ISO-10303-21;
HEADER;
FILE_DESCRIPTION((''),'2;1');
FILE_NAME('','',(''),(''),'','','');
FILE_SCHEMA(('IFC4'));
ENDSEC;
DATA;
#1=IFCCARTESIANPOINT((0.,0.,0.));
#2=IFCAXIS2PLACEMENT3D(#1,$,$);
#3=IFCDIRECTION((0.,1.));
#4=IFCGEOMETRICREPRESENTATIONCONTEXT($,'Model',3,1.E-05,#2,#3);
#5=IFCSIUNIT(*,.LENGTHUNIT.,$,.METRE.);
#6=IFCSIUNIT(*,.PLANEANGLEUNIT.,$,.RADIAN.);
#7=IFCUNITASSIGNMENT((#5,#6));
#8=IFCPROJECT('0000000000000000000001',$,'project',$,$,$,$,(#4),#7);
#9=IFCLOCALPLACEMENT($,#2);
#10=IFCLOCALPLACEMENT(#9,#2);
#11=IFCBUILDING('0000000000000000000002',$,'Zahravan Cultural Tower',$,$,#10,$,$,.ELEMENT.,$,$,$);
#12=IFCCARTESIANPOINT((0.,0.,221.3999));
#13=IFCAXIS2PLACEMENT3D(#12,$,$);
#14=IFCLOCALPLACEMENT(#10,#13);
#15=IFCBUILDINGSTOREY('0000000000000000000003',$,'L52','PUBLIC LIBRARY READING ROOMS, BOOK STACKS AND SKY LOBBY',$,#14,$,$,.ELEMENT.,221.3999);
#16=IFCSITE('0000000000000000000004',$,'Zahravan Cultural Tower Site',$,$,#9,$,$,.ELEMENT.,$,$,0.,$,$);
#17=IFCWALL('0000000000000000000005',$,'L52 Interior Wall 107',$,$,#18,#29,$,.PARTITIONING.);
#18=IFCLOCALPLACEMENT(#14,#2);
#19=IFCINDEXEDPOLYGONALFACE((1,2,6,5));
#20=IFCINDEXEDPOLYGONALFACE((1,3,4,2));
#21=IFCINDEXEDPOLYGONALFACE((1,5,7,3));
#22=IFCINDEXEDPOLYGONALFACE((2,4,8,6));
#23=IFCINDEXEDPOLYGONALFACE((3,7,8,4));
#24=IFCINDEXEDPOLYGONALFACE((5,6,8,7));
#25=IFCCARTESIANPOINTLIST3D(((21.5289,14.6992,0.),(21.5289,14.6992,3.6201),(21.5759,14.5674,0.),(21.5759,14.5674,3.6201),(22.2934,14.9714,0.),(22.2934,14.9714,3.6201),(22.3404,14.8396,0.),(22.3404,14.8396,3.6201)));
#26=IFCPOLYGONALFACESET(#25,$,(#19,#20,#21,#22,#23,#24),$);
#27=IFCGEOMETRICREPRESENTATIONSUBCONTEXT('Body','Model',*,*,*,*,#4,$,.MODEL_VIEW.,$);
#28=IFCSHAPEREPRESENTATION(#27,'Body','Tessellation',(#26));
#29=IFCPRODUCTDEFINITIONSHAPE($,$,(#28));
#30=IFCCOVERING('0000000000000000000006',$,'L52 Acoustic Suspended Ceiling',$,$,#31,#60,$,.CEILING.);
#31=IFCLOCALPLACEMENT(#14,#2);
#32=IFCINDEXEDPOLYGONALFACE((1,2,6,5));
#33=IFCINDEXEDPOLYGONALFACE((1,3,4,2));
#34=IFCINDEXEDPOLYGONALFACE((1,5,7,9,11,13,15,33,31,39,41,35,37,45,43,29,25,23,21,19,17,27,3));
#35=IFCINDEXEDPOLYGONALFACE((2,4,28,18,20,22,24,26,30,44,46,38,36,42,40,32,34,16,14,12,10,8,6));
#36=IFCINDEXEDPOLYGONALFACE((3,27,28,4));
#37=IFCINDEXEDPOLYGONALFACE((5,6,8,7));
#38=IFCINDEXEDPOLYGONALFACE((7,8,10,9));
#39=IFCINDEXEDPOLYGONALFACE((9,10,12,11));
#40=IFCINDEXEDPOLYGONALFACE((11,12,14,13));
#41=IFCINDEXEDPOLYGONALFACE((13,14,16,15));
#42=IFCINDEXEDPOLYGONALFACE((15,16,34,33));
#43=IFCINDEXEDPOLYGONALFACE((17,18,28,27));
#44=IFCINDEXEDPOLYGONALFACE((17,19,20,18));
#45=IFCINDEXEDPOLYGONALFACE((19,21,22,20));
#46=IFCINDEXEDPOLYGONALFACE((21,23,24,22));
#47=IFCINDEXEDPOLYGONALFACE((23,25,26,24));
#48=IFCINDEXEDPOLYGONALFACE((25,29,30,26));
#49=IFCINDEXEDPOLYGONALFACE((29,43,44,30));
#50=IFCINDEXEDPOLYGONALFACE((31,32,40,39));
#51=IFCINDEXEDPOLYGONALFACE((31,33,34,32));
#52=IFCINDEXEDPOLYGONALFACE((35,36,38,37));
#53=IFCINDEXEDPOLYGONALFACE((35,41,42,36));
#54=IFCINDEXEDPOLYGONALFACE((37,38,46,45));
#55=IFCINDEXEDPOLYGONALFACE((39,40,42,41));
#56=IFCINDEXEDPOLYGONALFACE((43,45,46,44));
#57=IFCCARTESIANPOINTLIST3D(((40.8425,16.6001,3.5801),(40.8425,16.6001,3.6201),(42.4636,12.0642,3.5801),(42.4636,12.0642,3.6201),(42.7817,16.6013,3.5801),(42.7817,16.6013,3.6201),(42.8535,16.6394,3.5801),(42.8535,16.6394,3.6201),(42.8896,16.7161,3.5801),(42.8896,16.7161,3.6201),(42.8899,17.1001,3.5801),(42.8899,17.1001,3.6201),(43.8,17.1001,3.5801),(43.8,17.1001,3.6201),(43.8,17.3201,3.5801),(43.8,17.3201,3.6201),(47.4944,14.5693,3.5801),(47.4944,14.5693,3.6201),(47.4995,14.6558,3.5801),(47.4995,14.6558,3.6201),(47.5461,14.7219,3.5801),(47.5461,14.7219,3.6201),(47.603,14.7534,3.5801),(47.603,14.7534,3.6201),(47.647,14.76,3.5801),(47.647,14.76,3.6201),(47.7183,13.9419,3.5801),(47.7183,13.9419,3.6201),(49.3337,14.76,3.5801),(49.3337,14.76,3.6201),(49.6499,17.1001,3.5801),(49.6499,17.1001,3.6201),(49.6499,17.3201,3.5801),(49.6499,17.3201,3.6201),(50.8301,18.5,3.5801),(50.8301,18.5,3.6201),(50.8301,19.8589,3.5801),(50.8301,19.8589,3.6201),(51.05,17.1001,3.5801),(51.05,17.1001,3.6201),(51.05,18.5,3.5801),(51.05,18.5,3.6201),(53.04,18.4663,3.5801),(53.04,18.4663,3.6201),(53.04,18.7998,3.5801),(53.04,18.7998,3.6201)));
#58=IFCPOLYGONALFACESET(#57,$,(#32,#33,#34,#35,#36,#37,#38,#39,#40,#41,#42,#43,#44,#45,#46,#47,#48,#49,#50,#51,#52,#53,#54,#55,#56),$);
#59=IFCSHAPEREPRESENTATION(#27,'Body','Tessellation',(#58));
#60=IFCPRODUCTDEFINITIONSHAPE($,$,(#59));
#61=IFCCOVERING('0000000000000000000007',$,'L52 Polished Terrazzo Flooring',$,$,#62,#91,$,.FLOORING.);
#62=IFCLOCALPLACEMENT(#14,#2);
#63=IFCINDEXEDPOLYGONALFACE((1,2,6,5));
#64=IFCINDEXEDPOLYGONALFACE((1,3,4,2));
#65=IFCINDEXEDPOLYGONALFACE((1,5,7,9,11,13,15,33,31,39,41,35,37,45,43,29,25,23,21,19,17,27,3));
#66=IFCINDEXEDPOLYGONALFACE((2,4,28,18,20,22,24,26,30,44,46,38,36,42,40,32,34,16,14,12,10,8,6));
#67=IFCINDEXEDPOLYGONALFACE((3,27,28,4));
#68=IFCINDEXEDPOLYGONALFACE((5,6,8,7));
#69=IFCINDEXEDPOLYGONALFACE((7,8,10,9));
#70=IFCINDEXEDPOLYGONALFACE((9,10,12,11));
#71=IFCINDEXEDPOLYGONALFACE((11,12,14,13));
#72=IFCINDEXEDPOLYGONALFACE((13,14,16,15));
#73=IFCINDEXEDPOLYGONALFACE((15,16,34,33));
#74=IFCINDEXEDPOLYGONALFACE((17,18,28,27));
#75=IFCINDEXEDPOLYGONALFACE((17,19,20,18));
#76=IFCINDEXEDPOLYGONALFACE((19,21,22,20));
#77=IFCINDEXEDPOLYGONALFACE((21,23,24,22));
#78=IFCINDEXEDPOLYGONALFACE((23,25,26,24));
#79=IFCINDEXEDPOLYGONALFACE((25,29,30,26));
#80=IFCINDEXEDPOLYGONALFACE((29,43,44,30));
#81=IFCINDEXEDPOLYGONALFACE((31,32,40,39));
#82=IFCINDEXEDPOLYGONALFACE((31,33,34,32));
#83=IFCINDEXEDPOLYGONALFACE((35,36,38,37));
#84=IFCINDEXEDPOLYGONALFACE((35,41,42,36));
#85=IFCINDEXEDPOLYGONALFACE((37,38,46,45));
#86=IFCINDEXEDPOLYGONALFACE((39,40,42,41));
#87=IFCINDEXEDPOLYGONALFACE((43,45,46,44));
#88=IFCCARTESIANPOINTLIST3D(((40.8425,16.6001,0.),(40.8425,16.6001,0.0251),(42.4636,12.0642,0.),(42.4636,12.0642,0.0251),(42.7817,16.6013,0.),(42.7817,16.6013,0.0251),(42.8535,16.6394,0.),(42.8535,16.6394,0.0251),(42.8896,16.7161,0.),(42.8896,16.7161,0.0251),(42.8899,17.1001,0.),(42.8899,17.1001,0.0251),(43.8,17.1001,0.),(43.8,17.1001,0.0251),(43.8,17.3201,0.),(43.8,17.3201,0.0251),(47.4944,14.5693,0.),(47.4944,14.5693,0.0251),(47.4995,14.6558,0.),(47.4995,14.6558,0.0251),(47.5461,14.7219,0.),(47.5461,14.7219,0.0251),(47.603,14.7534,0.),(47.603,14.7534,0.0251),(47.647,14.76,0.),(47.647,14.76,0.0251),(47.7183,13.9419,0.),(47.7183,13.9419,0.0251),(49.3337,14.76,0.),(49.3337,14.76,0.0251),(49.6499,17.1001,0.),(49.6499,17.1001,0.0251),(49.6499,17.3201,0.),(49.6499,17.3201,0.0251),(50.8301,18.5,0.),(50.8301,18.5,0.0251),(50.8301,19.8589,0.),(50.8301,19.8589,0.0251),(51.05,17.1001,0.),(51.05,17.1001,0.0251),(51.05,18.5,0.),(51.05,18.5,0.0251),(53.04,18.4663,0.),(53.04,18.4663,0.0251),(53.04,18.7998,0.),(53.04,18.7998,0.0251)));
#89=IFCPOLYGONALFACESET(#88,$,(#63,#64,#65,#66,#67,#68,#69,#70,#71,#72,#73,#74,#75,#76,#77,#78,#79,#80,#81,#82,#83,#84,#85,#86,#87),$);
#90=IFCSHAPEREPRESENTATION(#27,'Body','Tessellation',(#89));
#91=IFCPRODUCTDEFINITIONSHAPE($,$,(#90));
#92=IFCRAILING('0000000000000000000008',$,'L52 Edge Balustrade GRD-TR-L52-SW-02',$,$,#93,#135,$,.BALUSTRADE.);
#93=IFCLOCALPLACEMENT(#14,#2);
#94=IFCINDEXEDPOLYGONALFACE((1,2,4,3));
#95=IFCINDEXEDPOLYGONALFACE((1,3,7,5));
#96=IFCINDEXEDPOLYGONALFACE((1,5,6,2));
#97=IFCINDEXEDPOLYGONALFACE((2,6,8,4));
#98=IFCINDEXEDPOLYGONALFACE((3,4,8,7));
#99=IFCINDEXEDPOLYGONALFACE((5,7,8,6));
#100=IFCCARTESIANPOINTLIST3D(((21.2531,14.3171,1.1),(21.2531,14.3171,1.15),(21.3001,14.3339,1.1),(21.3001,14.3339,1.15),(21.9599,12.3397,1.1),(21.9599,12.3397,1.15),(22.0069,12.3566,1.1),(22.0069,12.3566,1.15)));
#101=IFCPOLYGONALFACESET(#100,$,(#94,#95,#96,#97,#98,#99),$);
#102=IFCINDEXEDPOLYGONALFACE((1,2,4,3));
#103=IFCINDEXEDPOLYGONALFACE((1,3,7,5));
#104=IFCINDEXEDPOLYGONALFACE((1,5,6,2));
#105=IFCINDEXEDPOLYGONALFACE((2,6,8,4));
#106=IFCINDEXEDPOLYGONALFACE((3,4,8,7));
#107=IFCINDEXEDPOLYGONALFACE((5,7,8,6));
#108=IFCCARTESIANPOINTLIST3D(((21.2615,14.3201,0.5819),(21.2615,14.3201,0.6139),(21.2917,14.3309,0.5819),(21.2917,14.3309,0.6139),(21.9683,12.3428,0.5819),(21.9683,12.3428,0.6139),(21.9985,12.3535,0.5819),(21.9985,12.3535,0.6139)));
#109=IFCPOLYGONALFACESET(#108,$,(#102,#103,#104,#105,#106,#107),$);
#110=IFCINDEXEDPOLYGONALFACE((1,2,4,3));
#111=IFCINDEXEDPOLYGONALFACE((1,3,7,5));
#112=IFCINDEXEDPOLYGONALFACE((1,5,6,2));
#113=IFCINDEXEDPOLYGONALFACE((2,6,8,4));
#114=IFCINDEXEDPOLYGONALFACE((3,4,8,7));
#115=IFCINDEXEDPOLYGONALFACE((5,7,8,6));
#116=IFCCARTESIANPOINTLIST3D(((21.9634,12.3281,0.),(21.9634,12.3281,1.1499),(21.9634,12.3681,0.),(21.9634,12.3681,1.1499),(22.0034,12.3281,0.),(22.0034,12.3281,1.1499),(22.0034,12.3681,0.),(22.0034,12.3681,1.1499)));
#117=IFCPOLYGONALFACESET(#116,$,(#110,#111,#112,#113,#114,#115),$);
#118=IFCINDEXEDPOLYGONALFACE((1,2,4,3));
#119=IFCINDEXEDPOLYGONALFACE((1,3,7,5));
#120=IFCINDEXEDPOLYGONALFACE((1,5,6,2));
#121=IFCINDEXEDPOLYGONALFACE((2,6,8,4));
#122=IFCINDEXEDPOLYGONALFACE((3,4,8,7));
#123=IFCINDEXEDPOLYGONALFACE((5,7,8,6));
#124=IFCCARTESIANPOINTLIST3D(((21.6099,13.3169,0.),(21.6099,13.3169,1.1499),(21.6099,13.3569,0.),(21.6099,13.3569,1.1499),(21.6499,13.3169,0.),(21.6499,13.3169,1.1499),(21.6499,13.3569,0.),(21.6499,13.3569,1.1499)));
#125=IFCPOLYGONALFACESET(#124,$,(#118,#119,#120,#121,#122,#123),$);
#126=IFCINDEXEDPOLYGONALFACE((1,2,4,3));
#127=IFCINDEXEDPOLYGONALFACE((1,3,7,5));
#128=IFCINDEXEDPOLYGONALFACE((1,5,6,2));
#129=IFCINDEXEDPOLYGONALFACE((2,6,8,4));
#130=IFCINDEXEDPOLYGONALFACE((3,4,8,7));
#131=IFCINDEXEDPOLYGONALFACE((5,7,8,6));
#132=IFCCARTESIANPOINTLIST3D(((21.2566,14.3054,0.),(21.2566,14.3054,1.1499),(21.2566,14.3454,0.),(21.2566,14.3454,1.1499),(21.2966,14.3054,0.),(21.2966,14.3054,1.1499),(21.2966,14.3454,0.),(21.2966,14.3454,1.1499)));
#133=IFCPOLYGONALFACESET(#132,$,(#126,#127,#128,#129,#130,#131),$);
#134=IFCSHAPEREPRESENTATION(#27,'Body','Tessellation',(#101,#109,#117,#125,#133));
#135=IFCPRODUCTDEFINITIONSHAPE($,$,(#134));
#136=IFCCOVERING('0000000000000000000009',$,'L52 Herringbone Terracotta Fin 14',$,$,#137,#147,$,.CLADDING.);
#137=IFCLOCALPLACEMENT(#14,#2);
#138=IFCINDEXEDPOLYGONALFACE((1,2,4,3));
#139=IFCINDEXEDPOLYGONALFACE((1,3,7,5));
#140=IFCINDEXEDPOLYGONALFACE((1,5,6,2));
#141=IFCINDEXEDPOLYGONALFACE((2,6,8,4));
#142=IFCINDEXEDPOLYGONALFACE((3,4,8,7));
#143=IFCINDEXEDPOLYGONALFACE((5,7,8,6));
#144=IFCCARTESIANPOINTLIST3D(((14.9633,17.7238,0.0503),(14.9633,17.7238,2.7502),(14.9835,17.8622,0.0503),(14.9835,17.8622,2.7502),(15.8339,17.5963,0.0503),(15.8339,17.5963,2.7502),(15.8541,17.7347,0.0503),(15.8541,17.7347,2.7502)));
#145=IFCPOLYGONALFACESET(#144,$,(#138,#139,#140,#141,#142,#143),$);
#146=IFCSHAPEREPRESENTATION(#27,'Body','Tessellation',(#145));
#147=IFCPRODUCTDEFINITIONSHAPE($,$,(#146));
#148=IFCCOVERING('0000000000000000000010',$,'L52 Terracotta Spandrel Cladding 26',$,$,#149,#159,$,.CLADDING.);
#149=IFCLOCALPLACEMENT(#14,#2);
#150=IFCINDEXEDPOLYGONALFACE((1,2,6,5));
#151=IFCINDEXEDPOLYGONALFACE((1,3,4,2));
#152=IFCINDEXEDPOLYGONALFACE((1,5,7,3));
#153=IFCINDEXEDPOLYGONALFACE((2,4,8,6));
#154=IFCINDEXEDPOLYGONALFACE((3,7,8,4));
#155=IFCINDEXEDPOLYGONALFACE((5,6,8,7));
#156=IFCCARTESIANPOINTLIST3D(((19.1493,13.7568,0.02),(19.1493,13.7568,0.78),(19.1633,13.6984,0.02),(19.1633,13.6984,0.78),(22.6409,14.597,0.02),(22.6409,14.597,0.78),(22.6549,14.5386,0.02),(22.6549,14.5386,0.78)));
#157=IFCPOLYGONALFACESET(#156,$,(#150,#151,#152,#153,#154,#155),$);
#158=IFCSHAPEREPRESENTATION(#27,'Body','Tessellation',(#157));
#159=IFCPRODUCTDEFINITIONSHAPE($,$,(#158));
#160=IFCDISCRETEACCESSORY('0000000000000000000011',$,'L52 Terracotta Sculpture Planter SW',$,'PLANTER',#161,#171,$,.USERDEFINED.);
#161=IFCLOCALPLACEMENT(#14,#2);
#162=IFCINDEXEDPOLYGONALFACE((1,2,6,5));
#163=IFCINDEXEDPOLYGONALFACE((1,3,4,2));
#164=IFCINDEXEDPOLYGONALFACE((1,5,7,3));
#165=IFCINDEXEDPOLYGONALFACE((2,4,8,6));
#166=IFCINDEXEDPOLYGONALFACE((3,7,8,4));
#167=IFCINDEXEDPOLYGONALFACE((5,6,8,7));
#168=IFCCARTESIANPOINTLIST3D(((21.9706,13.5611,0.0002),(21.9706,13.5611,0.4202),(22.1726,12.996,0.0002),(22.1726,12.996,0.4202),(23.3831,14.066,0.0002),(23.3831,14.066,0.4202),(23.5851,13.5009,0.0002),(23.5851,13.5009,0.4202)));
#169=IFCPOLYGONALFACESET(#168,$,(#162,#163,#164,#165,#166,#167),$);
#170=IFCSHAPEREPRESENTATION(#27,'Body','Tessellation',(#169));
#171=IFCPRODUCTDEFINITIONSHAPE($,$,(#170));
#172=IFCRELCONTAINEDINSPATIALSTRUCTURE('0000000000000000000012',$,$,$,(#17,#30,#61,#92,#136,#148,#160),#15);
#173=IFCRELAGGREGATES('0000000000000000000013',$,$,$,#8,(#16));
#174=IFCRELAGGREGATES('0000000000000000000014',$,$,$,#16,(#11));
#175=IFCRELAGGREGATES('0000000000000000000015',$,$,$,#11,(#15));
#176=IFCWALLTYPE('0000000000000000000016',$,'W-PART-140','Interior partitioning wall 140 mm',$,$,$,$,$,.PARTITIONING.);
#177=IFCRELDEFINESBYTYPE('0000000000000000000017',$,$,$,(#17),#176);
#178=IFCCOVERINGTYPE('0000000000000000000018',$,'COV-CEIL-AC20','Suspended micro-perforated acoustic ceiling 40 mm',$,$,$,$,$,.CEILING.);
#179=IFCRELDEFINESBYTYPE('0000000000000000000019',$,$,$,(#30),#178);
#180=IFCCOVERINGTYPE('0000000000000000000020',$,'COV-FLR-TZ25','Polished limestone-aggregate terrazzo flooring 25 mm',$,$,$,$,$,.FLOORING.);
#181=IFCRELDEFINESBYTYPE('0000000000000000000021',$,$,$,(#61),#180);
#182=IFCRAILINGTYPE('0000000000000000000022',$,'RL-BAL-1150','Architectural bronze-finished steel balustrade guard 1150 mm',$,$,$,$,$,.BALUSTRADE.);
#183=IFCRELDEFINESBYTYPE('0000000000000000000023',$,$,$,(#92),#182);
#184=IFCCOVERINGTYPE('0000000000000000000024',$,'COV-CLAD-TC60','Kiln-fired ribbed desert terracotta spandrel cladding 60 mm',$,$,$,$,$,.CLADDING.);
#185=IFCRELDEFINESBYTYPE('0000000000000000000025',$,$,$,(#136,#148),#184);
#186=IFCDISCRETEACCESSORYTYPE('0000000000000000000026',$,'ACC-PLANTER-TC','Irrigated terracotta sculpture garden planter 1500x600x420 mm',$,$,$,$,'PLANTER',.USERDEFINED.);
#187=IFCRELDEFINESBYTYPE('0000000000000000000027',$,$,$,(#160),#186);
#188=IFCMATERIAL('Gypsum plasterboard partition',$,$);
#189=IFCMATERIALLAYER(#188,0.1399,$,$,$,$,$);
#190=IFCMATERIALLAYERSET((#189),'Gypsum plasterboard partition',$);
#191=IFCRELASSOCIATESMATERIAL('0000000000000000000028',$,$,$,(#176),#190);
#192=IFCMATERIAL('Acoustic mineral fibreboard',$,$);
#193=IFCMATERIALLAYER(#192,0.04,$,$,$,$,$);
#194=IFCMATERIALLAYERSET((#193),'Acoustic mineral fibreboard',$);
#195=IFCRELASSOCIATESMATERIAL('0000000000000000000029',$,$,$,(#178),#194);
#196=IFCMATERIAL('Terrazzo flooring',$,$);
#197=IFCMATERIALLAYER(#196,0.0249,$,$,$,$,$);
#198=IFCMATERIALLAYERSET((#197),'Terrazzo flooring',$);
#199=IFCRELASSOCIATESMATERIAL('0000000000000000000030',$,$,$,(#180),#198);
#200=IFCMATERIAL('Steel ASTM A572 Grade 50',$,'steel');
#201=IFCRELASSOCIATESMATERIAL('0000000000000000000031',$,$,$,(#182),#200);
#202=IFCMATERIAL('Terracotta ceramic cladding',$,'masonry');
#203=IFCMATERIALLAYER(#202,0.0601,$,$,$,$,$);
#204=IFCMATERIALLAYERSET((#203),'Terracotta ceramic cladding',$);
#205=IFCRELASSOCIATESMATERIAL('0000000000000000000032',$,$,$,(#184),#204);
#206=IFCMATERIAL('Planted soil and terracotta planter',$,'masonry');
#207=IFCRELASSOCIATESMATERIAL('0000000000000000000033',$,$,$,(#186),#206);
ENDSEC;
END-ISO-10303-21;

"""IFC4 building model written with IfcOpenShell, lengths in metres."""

from ifc_helpers import new_model, si_unit, direction, frame, frame_2d, origin, origin_2d, place, context, subcontext, project, spatial, polyline, rectangle, outline, extrude, source, transform, mapped, material, layer, layer_set, type_object, element, save


model = new_model("IFC4")

# Units and contexts
model_context = context("Model", 3, precision=1e-05, world=origin(), true_north=direction((0.0, 1.0)))
body_context = subcontext(model_context, "Body", "Model", "MODEL_VIEW")
ifc_project = project(units=[si_unit("LENGTHUNIT", "METRE"), si_unit("PLANEANGLEUNIT", "RADIAN")], contexts=[model_context])

# Site, building, storey
site_placement = place(None, origin())
site = spatial("IfcSite", under=ifc_project, at=site_placement, Name="Zahravan Cultural Tower Site", CompositionType="ELEMENT", RefElevation=0.0)
building_placement = place(site_placement, origin())
building = spatial("IfcBuilding", under=site, at=building_placement, Name="Zahravan Cultural Tower", CompositionType="ELEMENT")
storey_placement = place(building_placement, frame((0.0, 0.0, 221.3999)))
storey = spatial("IfcBuildingStorey", under=building, at=storey_placement, Name="L52", Description="PUBLIC LIBRARY READING ROOMS, BOOK STACKS AND SKY LOBBY", CompositionType="ELEMENT", Elevation=221.3999)

# Wall
ifc_material_1 = material(Name="Gypsum plasterboard partition")
ifc_layer_1 = layer(ifc_material_1, 0.1399)
ifc_layer_set_1 = layer_set([ifc_layer_1], Name="Gypsum plasterboard partition")
wall_type_1 = type_object("IfcWallType", Name="W-PART-140", Description="Interior partitioning wall 140 mm", PredefinedType="PARTITIONING", material=ifc_layer_set_1)
shared_shape_1 = source(origin(), body_context, "Body", "SweptSolid", [
    extrude(rectangle(XDim=0.8115, YDim=0.1399, at=frame_2d((0.4058, 0.0))), origin(), (0.0, 0.0, 1.0), 3.6201),
])
wall_1_placement = place(storey_placement, frame((22.3169, 14.9055, 0.0), z_axis=(0.0, 0.0, 1.0), x_axis=(-0.942048, -0.335479, 0.0)))
element("IfcWall", 1, at=wall_1_placement, inside=storey, type_object=wall_type_1, Name="L52 Interior Wall 107", PredefinedType="PARTITIONING", context=body_context, shape_type="MappedRepresentation", body=[
    mapped(shared_shape_1, transform((0.0, 0.0, 0.0), x_axis=(1.0, 0.0, 0.0), y_axis=(0.0, 1.0, 0.0), z_axis=(0.0, 0.0, 1.0), scale=1.0)),
])

# Coverings
ifc_material_2 = material(Name="Acoustic mineral fibreboard")
ifc_layer_2 = layer(ifc_material_2, 0.04)
ifc_layer_set_2 = layer_set([ifc_layer_2], Name="Acoustic mineral fibreboard")
covering_type_1 = type_object("IfcCoveringType", Name="COV-CEIL-AC20", Description="Suspended micro-perforated acoustic ceiling 40 mm", PredefinedType="CEILING", material=ifc_layer_set_2)
covering_1_placement = place(storey_placement, frame((0.0, 0.0, 3.5801)))
element("IfcCovering", 2, at=covering_1_placement, inside=storey, type_object=covering_type_1, Name="L52 Acoustic Suspended Ceiling", PredefinedType="CEILING", context=body_context, shape_type="SweptSolid", body=[
    extrude(outline(polyline([(47.4944, 14.5693), (47.4995, 14.6558), (47.5461, 14.7219), (47.603, 14.7534), (47.647, 14.76), (49.3337, 14.76), (53.04, 18.4663), (53.04, 18.7998), (50.8301, 19.8589), (50.8301, 18.5), (51.05, 18.5), (51.05, 17.1001), (49.6499, 17.1001), (49.6499, 17.3201), (43.8, 17.3201), (43.8, 17.1001), (42.8899, 17.1001), (42.8896, 16.7161), (42.8535, 16.6394), (42.7817, 16.6013), (40.8425, 16.6001), (42.4636, 12.0642), (47.7183, 13.9419), (47.4944, 14.5693)])), origin(), (0.0, 0.0, 1.0), 0.04),
])
ifc_material_3 = material(Name="Terrazzo flooring")
ifc_layer_3 = layer(ifc_material_3, 0.0249)
ifc_layer_set_3 = layer_set([ifc_layer_3], Name="Terrazzo flooring")
covering_type_2 = type_object("IfcCoveringType", Name="COV-FLR-TZ25", Description="Polished limestone-aggregate terrazzo flooring 25 mm", PredefinedType="FLOORING", material=ifc_layer_set_3)
covering_2_placement = place(storey_placement, origin())
element("IfcCovering", 3, at=covering_2_placement, inside=storey, type_object=covering_type_2, Name="L52 Polished Terrazzo Flooring", PredefinedType="FLOORING", context=body_context, shape_type="SweptSolid", body=[
    extrude(outline(polyline([(47.4944, 14.5693), (47.4995, 14.6558), (47.5461, 14.7219), (47.603, 14.7534), (47.647, 14.76), (49.3337, 14.76), (53.04, 18.4663), (53.04, 18.7998), (50.8301, 19.8589), (50.8301, 18.5), (51.05, 18.5), (51.05, 17.1001), (49.6499, 17.1001), (49.6499, 17.3201), (43.8, 17.3201), (43.8, 17.1001), (42.8899, 17.1001), (42.8896, 16.7161), (42.8535, 16.6394), (42.7817, 16.6013), (40.8425, 16.6001), (42.4636, 12.0642), (47.7183, 13.9419), (47.4944, 14.5693)])), origin(), (0.0, 0.0, 1.0), 0.0251),
])

# Railing
ifc_material_4 = material(Name="Steel ASTM A572 Grade 50", Category="steel")
railing_type = type_object("IfcRailingType", Name="RL-BAL-1150", Description="Architectural bronze-finished steel balustrade guard 1150 mm", PredefinedType="BALUSTRADE", material=ifc_material_4)
railing_placement = place(storey_placement, frame((21.9834, 12.3481, 0.0)))
element("IfcRailing", 4, at=railing_placement, inside=storey, type_object=railing_type, Name="L52 Edge Balustrade GRD-TR-L52-SW-02", PredefinedType="BALUSTRADE", context=body_context, shape_type="SweptSolid", body=[
    extrude(rectangle(XDim=0.05, YDim=0.05, at=origin_2d()), frame((0.0, 0.0, 1.125), z_axis=(-0.336594, 0.94165, 0.0), x_axis=(-0.94165, -0.336594, 0.0)), (0.0, 0.0, 1.0), 2.0999),
    extrude(rectangle(XDim=0.032, YDim=0.032, at=origin_2d()), frame((0.0, 0.0, 0.5979), z_axis=(-0.336594, 0.94165, 0.0), x_axis=(-0.94165, -0.336594, 0.0)), (0.0, 0.0, 1.0), 2.0999),
    extrude(rectangle(XDim=0.04, YDim=0.04, at=origin_2d()), origin(), (0.0, 0.0, 1.0), 1.1499),
    extrude(rectangle(XDim=0.04, YDim=0.04, at=origin_2d()), frame((-0.3535, 0.9888, 0.0)), (0.0, 0.0, 1.0), 1.1499),
    extrude(rectangle(XDim=0.04, YDim=0.04, at=origin_2d()), frame((-0.7068, 1.9773, 0.0)), (0.0, 0.0, 1.0), 1.1499),
])

# Coverings
ifc_material_5 = material(Name="Terracotta ceramic cladding", Category="masonry")
ifc_layer_4 = layer(ifc_material_5, 0.0601)
ifc_layer_set_4 = layer_set([ifc_layer_4], Name="Terracotta ceramic cladding")
covering_type_3 = type_object("IfcCoveringType", Name="COV-CLAD-TC60", Description="Kiln-fired ribbed desert terracotta spandrel cladding 60 mm", PredefinedType="CLADDING", material=ifc_layer_set_4)
shared_shape_2 = source(origin(), body_context, "Body", "SweptSolid", [
    extrude(rectangle(XDim=0.8799, YDim=0.1399, at=origin_2d()), origin(), (0.0, 0.0, 1.0), 2.7),
])
covering_3_placement = place(storey_placement, frame((15.4087, 17.7292, 0.0503), z_axis=(0.0, 0.0, 1.0), x_axis=(-0.989442, 0.144926, 0.0)))
element("IfcCovering", 5, at=covering_3_placement, inside=storey, type_object=covering_type_3, Name="L52 Herringbone Terracotta Fin 14", PredefinedType="CLADDING", context=body_context, shape_type="MappedRepresentation", body=[
    mapped(shared_shape_2, transform((0.0, 0.0, 0.0), x_axis=(1.0, 0.0, 0.0), y_axis=(0.0, 1.0, 0.0), z_axis=(0.0, 0.0, 1.0), scale=1.0)),
])
shared_shape_3 = source(origin(), body_context, "Body", "SweptSolid", [
    extrude(rectangle(XDim=3.5913, YDim=0.0601, at=origin_2d()), origin(), (0.0, 0.0, 1.0), 0.76),
])
covering_4_placement = place(storey_placement, frame((20.9021, 14.1477, 0.02), z_axis=(0.0, 0.0, 1.0), x_axis=(-0.972243, -0.233971, 0.0)))
element("IfcCovering", 6, at=covering_4_placement, inside=storey, type_object=covering_type_3, Name="L52 Terracotta Spandrel Cladding 26", PredefinedType="CLADDING", context=body_context, shape_type="MappedRepresentation", body=[
    mapped(shared_shape_3, transform((0.0, 0.0, 0.0), x_axis=(1.0, 0.0, 0.0), y_axis=(0.0, 1.0, 0.0), z_axis=(0.0, 0.0, 1.0), scale=1.0)),
])

# Discrete accessory
ifc_material_6 = material(Name="Planted soil and terracotta planter", Category="masonry")
discrete_accessory_type = type_object("IfcDiscreteAccessoryType", Name="ACC-PLANTER-TC", Description="Irrigated terracotta sculpture garden planter 1500x600x420 mm", ElementType="PLANTER", PredefinedType="USERDEFINED", material=ifc_material_6)
shared_shape_4 = source(origin(), body_context, "Body", "SweptSolid", [
    extrude(rectangle(XDim=1.5, YDim=0.6001, at=origin_2d()), origin(), (0.0, 0.0, 1.0), 0.4199),
])
discrete_accessory_placement = place(storey_placement, frame((22.7778, 13.531, 0.0002), z_axis=(0.0, 0.0, 1.0), x_axis=(0.941666, 0.336548, 0.0)))
element("IfcDiscreteAccessory", 7, at=discrete_accessory_placement, inside=storey, type_object=discrete_accessory_type, Name="L52 Terracotta Sculpture Planter SW", ObjectType="PLANTER", PredefinedType="USERDEFINED", context=body_context, shape_type="MappedRepresentation", body=[
    mapped(shared_shape_4, transform((0.0, 0.0, 0.0), x_axis=(1.0, 0.0, 0.0), y_axis=(0.0, 1.0, 0.0), z_axis=(0.0, 0.0, 1.0), scale=1.0)),
])

save(model, "model.ifc")
